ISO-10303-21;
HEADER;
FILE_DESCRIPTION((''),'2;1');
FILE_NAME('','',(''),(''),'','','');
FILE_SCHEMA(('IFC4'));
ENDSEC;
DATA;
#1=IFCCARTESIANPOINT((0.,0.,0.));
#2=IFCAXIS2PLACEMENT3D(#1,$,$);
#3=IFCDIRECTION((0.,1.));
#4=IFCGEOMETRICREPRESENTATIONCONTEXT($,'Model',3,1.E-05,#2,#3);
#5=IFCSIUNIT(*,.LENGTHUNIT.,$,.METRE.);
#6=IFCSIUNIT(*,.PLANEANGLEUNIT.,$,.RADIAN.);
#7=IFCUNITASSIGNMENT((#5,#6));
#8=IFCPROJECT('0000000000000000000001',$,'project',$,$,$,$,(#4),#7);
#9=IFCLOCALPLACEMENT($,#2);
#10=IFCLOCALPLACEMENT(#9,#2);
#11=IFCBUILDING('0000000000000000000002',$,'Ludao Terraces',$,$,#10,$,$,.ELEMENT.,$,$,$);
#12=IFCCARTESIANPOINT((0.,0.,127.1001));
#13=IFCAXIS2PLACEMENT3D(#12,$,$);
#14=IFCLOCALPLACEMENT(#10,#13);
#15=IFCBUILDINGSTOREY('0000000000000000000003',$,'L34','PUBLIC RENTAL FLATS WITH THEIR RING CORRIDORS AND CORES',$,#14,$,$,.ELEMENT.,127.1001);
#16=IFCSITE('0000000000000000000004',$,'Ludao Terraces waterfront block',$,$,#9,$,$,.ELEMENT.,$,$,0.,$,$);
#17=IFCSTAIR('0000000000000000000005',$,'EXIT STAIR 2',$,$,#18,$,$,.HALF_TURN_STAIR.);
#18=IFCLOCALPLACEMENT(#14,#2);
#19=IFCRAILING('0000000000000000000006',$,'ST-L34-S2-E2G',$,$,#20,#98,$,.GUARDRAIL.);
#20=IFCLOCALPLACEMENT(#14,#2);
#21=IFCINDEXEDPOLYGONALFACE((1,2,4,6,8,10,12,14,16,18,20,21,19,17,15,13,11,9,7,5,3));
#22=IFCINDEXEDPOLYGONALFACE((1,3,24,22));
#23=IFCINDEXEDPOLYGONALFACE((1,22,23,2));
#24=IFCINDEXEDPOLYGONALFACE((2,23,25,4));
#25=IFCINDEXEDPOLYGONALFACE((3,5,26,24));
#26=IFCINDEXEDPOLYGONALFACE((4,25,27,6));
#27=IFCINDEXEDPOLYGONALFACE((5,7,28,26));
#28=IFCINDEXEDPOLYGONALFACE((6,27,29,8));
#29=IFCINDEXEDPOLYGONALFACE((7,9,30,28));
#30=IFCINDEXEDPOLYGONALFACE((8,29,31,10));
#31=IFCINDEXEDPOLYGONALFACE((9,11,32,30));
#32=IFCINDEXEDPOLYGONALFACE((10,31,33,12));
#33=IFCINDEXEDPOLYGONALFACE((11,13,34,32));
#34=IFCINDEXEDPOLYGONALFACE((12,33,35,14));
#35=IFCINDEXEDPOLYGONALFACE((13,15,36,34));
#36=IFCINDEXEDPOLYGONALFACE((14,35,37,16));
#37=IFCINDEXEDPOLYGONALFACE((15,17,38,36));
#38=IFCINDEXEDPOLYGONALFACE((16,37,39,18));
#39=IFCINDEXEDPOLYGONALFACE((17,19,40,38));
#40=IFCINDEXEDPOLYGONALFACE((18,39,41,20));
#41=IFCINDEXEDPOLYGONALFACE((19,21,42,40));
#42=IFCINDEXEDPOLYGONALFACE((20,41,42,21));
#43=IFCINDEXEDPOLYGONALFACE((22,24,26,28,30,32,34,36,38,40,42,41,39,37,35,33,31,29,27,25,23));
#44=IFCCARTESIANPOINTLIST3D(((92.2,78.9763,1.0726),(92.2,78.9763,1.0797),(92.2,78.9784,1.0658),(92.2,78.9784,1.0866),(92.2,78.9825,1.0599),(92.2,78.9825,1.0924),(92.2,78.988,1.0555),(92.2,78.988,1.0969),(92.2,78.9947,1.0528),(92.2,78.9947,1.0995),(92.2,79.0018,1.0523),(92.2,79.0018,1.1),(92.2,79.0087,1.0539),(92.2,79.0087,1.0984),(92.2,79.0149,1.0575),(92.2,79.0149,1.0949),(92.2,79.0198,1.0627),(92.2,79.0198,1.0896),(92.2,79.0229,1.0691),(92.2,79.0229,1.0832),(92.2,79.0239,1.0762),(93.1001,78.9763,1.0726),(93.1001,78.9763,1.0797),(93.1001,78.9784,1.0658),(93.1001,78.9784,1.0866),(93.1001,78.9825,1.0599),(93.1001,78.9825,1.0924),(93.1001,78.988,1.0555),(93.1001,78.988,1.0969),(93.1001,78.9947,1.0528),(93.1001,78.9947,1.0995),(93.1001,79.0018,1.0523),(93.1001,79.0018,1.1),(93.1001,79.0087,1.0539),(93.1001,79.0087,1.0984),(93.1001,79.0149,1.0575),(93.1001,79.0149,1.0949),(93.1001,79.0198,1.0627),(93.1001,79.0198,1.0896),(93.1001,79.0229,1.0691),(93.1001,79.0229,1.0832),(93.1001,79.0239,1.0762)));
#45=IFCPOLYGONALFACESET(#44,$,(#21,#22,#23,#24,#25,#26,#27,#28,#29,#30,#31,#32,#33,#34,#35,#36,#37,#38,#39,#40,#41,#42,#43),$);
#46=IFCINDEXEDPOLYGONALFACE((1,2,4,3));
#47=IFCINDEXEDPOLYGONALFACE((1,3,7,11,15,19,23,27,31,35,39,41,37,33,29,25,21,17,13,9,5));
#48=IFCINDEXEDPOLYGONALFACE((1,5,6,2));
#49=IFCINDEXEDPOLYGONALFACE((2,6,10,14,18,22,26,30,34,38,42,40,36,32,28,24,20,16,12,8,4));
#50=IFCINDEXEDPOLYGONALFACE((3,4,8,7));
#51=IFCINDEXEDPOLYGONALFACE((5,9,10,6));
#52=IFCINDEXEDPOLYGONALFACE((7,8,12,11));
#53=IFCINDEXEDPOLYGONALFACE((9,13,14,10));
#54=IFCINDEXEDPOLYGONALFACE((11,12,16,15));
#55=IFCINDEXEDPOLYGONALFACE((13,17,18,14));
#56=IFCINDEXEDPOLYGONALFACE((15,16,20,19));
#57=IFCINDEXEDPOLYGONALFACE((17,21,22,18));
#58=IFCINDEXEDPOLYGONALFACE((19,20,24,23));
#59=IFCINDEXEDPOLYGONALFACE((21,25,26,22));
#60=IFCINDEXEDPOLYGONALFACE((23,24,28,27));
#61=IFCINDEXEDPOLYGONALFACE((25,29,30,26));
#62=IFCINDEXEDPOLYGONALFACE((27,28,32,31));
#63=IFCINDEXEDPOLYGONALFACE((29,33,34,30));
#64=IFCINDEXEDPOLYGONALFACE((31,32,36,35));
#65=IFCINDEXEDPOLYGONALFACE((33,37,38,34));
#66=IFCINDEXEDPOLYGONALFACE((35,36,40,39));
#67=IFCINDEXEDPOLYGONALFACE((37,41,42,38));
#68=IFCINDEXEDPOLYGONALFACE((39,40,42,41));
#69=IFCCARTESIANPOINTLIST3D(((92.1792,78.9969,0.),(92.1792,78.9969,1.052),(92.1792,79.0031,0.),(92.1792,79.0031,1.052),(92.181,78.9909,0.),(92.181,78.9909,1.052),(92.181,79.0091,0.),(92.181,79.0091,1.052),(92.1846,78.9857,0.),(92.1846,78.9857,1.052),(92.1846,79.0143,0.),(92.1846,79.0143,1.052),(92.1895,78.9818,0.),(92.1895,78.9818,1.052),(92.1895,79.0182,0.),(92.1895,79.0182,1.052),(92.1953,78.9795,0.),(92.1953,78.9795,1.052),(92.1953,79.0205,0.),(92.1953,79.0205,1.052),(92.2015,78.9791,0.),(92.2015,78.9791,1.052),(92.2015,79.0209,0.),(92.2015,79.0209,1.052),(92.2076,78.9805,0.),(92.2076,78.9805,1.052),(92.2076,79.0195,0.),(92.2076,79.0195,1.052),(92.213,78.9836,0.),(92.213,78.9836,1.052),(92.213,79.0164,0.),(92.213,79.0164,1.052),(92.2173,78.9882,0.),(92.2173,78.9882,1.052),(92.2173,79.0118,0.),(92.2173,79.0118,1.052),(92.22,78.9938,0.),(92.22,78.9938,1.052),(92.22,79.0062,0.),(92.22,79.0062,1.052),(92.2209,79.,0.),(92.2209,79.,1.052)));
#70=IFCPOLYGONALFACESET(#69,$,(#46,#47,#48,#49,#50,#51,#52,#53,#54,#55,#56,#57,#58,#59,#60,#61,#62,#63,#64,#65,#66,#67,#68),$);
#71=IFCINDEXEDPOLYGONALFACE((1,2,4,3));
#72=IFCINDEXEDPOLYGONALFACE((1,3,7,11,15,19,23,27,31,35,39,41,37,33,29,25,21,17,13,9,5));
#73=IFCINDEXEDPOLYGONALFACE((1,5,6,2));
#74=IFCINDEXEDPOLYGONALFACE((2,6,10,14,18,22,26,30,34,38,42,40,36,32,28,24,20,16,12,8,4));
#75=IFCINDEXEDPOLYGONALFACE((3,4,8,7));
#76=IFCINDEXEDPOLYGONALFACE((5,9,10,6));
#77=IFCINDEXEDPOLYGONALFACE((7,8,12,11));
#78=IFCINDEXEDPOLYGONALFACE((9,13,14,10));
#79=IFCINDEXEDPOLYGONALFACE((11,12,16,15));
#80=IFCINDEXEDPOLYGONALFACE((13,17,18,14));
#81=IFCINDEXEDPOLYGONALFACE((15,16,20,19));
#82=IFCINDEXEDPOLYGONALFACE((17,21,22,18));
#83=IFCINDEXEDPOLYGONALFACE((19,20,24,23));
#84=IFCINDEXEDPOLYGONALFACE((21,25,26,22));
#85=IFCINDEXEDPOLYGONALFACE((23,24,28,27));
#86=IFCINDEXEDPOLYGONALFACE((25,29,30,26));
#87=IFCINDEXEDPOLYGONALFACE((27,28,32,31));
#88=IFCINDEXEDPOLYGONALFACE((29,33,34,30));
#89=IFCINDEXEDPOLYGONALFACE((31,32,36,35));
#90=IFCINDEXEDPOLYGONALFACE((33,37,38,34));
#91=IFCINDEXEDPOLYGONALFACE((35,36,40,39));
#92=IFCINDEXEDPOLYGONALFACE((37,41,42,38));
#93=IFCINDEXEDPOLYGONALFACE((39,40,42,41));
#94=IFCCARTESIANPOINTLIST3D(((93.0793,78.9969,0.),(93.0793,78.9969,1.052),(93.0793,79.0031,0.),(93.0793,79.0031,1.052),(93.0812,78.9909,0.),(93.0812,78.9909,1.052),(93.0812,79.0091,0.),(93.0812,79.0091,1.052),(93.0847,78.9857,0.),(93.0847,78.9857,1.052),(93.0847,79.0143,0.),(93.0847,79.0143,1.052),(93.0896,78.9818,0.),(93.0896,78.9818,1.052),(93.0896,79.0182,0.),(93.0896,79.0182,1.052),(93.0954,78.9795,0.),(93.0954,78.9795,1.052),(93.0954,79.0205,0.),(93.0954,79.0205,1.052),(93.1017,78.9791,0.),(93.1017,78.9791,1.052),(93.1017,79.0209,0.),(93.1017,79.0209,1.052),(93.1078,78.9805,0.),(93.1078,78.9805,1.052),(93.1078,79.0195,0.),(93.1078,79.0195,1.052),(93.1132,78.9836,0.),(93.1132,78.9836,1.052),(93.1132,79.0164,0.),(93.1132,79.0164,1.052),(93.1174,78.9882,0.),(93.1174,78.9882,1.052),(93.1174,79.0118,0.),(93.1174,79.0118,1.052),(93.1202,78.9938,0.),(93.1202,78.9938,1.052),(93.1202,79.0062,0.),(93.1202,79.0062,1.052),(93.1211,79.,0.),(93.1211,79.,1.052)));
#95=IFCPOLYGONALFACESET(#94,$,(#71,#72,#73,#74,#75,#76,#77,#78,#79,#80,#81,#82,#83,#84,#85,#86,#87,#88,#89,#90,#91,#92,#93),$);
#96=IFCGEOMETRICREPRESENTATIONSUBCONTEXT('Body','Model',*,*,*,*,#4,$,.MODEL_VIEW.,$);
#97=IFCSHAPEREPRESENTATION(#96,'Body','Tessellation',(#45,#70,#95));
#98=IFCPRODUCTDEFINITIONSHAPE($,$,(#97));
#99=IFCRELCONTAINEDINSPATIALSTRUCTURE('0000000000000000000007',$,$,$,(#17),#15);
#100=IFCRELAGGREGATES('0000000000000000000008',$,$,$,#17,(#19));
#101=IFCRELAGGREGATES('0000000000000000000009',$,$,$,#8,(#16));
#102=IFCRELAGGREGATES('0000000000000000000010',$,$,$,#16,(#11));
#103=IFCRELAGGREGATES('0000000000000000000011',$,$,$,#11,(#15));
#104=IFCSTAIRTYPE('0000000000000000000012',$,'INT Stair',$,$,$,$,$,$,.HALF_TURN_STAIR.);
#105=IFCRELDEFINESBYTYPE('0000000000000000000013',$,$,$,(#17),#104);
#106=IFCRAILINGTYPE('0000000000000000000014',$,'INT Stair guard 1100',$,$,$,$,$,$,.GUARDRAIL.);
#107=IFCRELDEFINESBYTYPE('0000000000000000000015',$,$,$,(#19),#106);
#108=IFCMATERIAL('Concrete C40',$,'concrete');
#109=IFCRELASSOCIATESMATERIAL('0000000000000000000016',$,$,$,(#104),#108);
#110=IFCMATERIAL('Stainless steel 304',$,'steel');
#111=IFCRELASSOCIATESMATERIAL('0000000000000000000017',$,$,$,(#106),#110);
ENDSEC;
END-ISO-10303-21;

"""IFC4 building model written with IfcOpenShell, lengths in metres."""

from ifc_helpers import new_model, si_unit, direction, frame, origin, origin_2d, place, context, subcontext, project, spatial, circle, extrude, material, type_object, element, aggregate, save


model = new_model("IFC4")

# Units and contexts
model_context = context("Model", 3, precision=1e-05, world=origin(), true_north=direction((0.0, 1.0)))
body_context = subcontext(model_context, "Body", "Model", "MODEL_VIEW")
ifc_project = project(units=[si_unit("LENGTHUNIT", "METRE"), si_unit("PLANEANGLEUNIT", "RADIAN")], contexts=[model_context])

# Site, building, storey
site_placement = place(None, origin())
site = spatial("IfcSite", under=ifc_project, at=site_placement, Name="Ludao Terraces waterfront block", CompositionType="ELEMENT", RefElevation=0.0)
building_placement = place(site_placement, origin())
building = spatial("IfcBuilding", under=site, at=building_placement, Name="Ludao Terraces", CompositionType="ELEMENT")
storey_placement = place(building_placement, frame((0.0, 0.0, 127.1001)))
storey = spatial("IfcBuildingStorey", under=building, at=storey_placement, Name="L34", Description="PUBLIC RENTAL FLATS WITH THEIR RING CORRIDORS AND CORES", CompositionType="ELEMENT", Elevation=127.1001)

# Stair, railing
ifc_material_1 = material(Name="Concrete C40", Category="concrete")
stair_type = type_object("IfcStairType", Name="INT Stair", PredefinedType="HALF_TURN_STAIR", material=ifc_material_1)
stair_placement = place(storey_placement, origin())
stair = element("IfcStair", 1, at=stair_placement, inside=storey, type_object=stair_type, Name="EXIT STAIR 2", PredefinedType="HALF_TURN_STAIR")
ifc_material_2 = material(Name="Stainless steel 304", Category="steel")
railing_type_1 = type_object("IfcRailingType", Name="INT Stair guard 1100", PredefinedType="GUARDRAIL", material=ifc_material_2)
railing_1_placement = place(storey_placement, frame((92.2, 79.0, 0.0)))
railing_1 = element("IfcRailing", 2, at=railing_1_placement, type_object=railing_type_1, Name="ST-L34-S2-E2G", PredefinedType="GUARDRAIL", context=body_context, shape_type="SweptSolid", body=[
    extrude(circle(Radius=0.0239, at=origin_2d()), frame((0.0, 0.0, 1.0762), z_axis=(1.0, 0.0, 0.0), x_axis=(0.0, 1.0, 0.0)), (0.0, 0.0, 1.0), 0.9001),
    extrude(circle(Radius=0.021, at=origin_2d()), origin(), (0.0, 0.0, 1.0), 1.052),
    extrude(circle(Radius=0.021, at=origin_2d()), frame((0.9001, 0.0, 0.0)), (0.0, 0.0, 1.0), 1.052),
])
aggregate(stair, [railing_1])

save(model, "model.ifc")
